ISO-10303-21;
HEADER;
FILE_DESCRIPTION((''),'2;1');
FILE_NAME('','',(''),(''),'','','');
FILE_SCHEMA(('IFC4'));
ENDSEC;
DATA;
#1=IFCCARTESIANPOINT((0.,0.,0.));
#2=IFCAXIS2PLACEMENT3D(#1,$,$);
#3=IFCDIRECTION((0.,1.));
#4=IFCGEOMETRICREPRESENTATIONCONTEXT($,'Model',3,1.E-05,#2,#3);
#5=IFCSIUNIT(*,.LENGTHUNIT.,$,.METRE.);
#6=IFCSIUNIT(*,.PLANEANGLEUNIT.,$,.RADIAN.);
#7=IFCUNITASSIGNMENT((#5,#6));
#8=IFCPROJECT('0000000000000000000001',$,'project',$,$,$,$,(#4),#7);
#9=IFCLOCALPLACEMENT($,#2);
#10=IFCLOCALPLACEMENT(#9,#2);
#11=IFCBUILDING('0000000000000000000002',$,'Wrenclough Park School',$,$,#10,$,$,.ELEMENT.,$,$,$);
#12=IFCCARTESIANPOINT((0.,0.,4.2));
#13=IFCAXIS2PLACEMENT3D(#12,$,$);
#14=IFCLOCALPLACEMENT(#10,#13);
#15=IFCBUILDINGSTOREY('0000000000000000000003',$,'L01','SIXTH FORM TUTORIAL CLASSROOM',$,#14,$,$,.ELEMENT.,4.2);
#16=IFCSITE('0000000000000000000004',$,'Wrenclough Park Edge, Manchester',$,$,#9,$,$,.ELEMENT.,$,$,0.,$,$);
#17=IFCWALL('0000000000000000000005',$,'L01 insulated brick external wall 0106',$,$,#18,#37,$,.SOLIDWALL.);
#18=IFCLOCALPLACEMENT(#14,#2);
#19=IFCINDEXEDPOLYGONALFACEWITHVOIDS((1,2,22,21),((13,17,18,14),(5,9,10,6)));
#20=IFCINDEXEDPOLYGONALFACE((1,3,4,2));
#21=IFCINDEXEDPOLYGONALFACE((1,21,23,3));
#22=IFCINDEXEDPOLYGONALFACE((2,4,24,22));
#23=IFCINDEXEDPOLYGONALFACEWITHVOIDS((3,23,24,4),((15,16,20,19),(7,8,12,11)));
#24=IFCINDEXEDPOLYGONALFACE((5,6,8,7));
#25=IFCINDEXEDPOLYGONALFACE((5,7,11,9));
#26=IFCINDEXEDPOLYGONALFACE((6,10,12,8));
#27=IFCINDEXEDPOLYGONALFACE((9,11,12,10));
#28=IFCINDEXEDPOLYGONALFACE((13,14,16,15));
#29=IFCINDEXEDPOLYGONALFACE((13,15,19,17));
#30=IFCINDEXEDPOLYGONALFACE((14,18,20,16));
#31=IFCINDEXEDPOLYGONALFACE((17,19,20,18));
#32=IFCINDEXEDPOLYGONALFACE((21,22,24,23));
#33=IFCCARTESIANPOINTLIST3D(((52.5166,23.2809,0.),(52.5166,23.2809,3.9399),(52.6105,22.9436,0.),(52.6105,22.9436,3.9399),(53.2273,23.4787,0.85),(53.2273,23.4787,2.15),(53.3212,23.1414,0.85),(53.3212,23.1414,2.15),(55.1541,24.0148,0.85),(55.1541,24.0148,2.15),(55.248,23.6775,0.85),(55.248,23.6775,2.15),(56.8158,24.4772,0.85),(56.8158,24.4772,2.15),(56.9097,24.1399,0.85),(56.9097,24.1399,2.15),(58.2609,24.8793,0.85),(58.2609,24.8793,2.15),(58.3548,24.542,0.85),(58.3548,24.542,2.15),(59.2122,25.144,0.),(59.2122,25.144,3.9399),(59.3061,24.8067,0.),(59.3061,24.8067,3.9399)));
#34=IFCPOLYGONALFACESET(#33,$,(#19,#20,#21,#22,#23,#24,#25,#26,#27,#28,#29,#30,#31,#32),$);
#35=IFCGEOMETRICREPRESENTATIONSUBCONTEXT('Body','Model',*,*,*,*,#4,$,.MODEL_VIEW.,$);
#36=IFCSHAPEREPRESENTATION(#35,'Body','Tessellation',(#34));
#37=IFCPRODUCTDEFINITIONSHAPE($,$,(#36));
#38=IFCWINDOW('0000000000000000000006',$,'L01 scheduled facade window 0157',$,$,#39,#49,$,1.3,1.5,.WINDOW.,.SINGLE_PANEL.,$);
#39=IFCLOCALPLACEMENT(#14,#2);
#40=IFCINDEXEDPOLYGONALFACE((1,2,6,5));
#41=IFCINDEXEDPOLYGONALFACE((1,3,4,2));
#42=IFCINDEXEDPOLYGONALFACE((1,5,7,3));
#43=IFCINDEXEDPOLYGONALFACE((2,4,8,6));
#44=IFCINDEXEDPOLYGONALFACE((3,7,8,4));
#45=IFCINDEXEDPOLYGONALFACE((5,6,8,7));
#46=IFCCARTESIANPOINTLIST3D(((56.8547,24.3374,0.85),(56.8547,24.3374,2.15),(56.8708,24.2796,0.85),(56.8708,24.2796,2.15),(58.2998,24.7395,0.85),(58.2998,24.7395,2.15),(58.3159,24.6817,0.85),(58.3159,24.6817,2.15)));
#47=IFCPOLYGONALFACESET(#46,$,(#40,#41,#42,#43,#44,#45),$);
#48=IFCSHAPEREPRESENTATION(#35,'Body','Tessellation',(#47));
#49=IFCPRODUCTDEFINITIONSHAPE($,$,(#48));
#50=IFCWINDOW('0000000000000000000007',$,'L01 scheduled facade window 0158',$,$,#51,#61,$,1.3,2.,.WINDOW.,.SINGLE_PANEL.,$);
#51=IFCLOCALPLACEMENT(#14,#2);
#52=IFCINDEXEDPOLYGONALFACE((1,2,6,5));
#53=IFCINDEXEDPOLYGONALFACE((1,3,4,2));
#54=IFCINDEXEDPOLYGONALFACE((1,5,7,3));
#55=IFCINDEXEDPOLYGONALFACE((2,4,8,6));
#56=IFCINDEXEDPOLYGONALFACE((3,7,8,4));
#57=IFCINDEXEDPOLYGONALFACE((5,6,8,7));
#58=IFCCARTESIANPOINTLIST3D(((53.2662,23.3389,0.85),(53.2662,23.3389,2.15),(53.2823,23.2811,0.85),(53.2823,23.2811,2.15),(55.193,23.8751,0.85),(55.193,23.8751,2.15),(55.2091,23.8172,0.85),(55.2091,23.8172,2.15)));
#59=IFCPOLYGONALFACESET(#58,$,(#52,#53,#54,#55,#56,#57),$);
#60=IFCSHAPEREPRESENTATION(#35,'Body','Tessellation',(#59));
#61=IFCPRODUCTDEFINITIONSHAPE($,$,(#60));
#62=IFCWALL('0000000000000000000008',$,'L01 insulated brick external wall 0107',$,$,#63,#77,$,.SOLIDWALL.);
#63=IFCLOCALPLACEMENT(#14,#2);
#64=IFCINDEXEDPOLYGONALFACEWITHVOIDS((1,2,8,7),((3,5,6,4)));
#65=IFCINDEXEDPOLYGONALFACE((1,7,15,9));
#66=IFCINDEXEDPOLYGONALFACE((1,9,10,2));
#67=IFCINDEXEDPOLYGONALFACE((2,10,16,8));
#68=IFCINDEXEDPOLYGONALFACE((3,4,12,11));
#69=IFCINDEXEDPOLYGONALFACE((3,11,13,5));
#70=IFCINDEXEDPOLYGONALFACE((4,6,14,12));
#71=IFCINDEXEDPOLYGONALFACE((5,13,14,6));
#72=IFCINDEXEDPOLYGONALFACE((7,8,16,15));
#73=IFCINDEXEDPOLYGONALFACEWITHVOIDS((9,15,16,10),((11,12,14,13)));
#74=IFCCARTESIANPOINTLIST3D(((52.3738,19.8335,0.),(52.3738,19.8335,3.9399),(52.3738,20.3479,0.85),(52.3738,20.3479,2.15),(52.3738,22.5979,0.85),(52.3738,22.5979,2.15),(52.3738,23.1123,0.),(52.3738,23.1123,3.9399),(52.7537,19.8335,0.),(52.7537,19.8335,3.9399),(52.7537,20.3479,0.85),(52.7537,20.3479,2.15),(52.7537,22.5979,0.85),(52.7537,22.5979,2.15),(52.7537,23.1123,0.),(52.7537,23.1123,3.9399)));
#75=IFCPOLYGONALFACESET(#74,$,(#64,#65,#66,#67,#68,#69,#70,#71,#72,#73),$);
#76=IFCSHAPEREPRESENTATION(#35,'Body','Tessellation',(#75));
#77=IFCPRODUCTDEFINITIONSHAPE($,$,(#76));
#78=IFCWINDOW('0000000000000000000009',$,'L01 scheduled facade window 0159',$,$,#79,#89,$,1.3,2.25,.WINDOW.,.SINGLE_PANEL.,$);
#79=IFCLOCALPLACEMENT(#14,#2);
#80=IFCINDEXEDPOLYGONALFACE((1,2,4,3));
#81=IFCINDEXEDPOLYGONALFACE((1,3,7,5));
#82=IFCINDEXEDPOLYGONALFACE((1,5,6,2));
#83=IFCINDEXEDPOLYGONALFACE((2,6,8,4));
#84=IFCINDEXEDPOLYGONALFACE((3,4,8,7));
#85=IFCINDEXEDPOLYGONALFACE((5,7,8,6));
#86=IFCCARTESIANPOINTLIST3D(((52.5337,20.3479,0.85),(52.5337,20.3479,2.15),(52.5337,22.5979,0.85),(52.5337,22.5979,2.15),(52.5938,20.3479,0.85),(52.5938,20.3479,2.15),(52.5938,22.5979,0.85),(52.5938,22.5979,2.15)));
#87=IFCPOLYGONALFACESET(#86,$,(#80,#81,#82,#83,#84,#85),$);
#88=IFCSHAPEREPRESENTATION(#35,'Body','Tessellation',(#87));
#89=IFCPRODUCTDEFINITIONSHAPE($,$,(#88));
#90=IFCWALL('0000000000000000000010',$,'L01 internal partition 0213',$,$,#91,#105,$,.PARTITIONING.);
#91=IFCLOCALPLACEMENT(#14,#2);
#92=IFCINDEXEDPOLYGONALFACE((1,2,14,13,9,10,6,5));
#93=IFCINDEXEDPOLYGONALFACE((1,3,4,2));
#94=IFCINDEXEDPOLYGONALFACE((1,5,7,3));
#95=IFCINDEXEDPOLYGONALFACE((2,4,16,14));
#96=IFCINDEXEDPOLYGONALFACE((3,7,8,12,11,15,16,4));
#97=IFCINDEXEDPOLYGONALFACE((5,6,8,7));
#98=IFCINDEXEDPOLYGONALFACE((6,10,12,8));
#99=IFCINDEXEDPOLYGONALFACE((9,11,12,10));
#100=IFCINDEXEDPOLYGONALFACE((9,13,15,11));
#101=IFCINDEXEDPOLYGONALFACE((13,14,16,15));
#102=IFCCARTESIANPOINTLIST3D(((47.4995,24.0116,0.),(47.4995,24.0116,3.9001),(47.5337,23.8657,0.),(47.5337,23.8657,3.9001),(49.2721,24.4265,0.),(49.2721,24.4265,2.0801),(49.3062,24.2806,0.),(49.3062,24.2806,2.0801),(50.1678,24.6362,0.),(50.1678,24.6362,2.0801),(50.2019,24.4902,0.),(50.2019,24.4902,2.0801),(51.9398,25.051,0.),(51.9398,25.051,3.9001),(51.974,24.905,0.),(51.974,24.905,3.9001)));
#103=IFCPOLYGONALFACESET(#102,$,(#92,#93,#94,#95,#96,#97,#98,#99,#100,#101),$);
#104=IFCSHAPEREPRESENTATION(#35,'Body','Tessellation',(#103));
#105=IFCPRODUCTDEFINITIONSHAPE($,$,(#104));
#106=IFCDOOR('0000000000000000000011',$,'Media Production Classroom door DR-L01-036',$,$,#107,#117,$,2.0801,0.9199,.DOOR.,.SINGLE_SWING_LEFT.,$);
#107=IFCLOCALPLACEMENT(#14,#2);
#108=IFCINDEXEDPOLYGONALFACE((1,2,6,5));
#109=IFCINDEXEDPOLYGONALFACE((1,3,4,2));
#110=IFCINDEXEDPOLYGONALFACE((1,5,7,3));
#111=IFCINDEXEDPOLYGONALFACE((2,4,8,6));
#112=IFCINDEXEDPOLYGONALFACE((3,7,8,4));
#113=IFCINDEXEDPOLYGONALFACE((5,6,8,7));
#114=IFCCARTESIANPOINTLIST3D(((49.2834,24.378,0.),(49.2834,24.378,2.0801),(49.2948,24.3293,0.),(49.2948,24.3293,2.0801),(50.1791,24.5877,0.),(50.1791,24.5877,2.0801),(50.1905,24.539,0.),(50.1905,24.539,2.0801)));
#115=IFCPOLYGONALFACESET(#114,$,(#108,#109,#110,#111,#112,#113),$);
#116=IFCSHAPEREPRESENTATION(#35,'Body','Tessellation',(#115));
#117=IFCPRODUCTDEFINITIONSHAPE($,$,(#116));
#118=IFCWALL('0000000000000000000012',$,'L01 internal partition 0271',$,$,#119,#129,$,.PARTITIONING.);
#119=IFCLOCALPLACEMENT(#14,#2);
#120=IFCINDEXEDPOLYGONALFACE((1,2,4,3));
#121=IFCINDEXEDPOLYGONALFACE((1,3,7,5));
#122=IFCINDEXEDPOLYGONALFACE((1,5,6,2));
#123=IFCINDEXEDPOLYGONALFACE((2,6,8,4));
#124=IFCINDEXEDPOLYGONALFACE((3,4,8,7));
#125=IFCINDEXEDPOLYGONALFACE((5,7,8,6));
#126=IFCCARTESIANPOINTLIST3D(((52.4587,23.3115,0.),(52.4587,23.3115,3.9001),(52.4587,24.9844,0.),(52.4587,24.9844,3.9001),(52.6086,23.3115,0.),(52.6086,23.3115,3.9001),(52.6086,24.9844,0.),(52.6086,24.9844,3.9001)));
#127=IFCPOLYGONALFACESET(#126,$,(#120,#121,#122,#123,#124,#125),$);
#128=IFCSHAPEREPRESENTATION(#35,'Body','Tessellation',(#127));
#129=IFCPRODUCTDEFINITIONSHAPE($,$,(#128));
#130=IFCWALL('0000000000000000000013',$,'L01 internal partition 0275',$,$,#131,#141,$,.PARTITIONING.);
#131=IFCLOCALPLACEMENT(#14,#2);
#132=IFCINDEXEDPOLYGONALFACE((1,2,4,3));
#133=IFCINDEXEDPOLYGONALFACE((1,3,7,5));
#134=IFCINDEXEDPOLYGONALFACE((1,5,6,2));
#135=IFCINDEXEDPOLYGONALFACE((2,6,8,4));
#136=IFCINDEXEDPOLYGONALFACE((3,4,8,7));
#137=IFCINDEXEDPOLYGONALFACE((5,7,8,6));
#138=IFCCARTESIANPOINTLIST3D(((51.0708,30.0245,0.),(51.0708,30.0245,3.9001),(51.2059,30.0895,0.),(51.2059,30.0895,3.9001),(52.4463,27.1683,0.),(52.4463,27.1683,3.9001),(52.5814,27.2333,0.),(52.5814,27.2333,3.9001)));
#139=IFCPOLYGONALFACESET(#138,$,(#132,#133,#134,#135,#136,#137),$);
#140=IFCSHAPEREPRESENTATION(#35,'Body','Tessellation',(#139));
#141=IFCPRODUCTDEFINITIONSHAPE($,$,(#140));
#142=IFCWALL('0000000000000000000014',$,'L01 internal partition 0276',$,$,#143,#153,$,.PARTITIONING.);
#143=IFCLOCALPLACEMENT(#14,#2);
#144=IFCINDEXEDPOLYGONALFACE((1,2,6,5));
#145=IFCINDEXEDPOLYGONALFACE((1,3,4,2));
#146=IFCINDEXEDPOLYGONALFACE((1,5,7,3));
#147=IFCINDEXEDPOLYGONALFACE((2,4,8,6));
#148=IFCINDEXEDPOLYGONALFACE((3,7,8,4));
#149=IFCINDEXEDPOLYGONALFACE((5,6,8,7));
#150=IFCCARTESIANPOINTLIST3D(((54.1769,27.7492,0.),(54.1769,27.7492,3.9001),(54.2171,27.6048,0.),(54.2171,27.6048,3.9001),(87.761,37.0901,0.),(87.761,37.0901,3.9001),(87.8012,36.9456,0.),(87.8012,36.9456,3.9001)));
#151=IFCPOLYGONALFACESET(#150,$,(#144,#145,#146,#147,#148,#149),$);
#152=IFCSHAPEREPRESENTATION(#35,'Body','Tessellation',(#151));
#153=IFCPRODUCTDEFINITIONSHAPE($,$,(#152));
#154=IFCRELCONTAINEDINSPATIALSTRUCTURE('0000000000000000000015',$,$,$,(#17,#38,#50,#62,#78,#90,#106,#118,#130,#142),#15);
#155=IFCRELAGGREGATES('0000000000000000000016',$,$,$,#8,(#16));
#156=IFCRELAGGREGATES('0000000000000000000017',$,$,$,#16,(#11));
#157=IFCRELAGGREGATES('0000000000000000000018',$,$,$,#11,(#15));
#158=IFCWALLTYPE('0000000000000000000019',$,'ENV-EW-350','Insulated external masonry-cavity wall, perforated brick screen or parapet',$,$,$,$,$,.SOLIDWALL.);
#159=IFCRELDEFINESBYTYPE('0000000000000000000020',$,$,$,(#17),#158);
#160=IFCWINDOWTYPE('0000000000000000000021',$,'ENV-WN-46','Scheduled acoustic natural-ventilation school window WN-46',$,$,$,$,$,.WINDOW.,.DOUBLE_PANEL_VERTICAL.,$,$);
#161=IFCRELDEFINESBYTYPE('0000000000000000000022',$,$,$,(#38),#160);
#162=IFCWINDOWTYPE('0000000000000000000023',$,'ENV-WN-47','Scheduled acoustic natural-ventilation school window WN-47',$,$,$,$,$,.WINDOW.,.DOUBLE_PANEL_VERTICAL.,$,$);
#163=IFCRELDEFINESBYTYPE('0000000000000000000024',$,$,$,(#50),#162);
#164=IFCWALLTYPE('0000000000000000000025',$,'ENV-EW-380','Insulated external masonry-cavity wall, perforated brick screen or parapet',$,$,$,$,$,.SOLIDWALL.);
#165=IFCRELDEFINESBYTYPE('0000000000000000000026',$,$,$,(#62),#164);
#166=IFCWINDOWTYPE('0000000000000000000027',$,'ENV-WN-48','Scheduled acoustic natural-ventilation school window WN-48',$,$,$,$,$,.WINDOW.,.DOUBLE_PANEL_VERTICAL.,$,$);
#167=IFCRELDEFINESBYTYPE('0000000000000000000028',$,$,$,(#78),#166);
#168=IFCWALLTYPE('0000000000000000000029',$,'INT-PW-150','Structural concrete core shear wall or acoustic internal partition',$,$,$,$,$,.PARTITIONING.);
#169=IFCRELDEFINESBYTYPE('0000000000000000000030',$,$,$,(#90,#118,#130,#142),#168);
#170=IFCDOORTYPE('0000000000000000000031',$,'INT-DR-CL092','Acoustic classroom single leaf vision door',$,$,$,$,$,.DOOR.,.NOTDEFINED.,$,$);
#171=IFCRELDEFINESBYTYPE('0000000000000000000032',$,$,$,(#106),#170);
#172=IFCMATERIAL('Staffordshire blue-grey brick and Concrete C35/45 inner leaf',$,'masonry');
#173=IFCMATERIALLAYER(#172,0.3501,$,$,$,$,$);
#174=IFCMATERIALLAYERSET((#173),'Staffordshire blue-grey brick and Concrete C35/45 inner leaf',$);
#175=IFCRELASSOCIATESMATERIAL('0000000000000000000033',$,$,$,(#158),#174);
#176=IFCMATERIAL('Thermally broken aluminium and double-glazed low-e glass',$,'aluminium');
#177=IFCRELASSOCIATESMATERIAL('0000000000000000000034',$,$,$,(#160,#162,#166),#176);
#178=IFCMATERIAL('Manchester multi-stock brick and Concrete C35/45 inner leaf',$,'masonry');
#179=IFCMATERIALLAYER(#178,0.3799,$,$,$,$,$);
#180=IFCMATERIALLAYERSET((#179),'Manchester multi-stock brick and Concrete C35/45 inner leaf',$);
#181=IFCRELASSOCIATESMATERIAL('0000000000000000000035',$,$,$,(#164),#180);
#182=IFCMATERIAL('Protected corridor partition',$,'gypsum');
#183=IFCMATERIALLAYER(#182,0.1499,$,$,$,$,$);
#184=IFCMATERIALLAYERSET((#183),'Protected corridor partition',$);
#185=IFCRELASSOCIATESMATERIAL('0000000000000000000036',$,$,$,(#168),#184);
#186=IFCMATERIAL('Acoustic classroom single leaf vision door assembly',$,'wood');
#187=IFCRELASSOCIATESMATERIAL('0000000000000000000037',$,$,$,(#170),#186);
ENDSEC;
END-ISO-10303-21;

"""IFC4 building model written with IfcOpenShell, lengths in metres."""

from ifc_helpers import new_model, si_unit, direction, frame, frame_2d, origin, place, context, subcontext, project, spatial, rectangle, extrude, material, layer, layer_set, type_object, element, fill, save


model = new_model("IFC4")

# Units and contexts
model_context = context("Model", 3, precision=1e-05, world=origin(), true_north=direction((0.0, 1.0)))
body_context = subcontext(model_context, "Body", "Model", "MODEL_VIEW")
ifc_project = project(units=[si_unit("LENGTHUNIT", "METRE"), si_unit("PLANEANGLEUNIT", "RADIAN")], contexts=[model_context])

# Site, building, storey
site_placement = place(None, origin())
site = spatial("IfcSite", under=ifc_project, at=site_placement, Name="Wrenclough Park Edge, Manchester", CompositionType="ELEMENT", RefElevation=0.0)
building_placement = place(site_placement, origin())
building = spatial("IfcBuilding", under=site, at=building_placement, Name="Wrenclough Park School", CompositionType="ELEMENT")
storey_placement = place(building_placement, frame((0.0, 0.0, 4.2)))
storey = spatial("IfcBuildingStorey", under=building, at=storey_placement, Name="L01", Description="SIXTH FORM TUTORIAL CLASSROOM", CompositionType="ELEMENT", Elevation=4.2)

# Wall, openings, windows
ifc_material_1 = material(Name="Staffordshire blue-grey brick and Concrete C35/45 inner leaf", Category="masonry")
ifc_layer_1 = layer(ifc_material_1, 0.3501)
ifc_layer_set_1 = layer_set([ifc_layer_1], Name="Staffordshire blue-grey brick and Concrete C35/45 inner leaf")
wall_type_1 = type_object("IfcWallType", Name="ENV-EW-350", Description="Insulated external masonry-cavity wall, perforated brick screen or parapet", PredefinedType="SOLIDWALL", material=ifc_layer_set_1)
wall_1_placement = place(storey_placement, frame((59.2593, 24.9753, 0.0), z_axis=(0.0, 0.0, 1.0), x_axis=(-0.963401, -0.268066, 0.0)))
wall_1 = element("IfcWall", 1, at=wall_1_placement, inside=storey, type_object=wall_type_1, Name="L01 insulated brick external wall 0106", PredefinedType="SOLIDWALL", context=body_context, shape_type="SweptSolid", body=[
    extrude(rectangle(XDim=6.95, YDim=0.3501, at=frame_2d((3.4751, 0.0))), origin(), (0.0, 0.0, 1.0), 3.9399),
])
opening_1_placement = place(wall_1_placement, frame((0.9875, 0.0, 0.8501)))
opening_1 = element("IfcOpeningElement", 2, at=opening_1_placement, cuts=wall_1, PredefinedType="OPENING", context=body_context, shape_type="SweptSolid", body=[
    extrude(rectangle(XDim=1.5, YDim=1.3, at=frame_2d((0.75, 0.6499))), frame((0.0, 0.1851, 0.0), z_axis=(0.0, -1.0, 0.0), x_axis=(1.0, 0.0, 0.0)), (0.0, 0.0, 1.0), 0.3701),
])
opening_2_placement = place(wall_1_placement, frame((4.2124, 0.0, 0.8501)))
opening_2 = element("IfcOpeningElement", 3, at=opening_2_placement, cuts=wall_1, PredefinedType="OPENING", context=body_context, shape_type="SweptSolid", body=[
    extrude(rectangle(XDim=2.0, YDim=1.3, at=frame_2d((1.0, 0.6499))), frame((0.0, 0.1851, 0.0), z_axis=(0.0, -1.0, 0.0), x_axis=(1.0, 0.0, 0.0)), (0.0, 0.0, 1.0), 0.3701),
])
ifc_material_2 = material(Name="Thermally broken aluminium and double-glazed low-e glass", Category="aluminium")
window_type_1 = type_object("IfcWindowType", Name="ENV-WN-46", Description="Scheduled acoustic natural-ventilation school window WN-46", PartitioningType="DOUBLE_PANEL_VERTICAL", PredefinedType="WINDOW", material=ifc_material_2)
window_1_placement = place(opening_1_placement, origin())
window_1 = element("IfcWindow", 4, at=window_1_placement, inside=storey, type_object=window_type_1, Name="L01 scheduled facade window 0157", OverallHeight=1.3, OverallWidth=1.5, PartitioningType="SINGLE_PANEL", PredefinedType="WINDOW", context=body_context, shape_type="SweptSolid", body=[
    extrude(rectangle(XDim=1.5, YDim=1.3, at=frame_2d((0.75, 0.6499))), frame((0.0, 0.03, 0.0), z_axis=(0.0, -1.0, 0.0), x_axis=(1.0, 0.0, 0.0)), (0.0, 0.0, 1.0), 0.0601),
])
fill(opening_1, window_1)
window_type_2 = type_object("IfcWindowType", Name="ENV-WN-47", Description="Scheduled acoustic natural-ventilation school window WN-47", PartitioningType="DOUBLE_PANEL_VERTICAL", PredefinedType="WINDOW", material=ifc_material_2)
window_2_placement = place(opening_2_placement, origin())
window_2 = element("IfcWindow", 5, at=window_2_placement, inside=storey, type_object=window_type_2, Name="L01 scheduled facade window 0158", OverallHeight=1.3, OverallWidth=2.0, PartitioningType="SINGLE_PANEL", PredefinedType="WINDOW", context=body_context, shape_type="SweptSolid", body=[
    extrude(rectangle(XDim=2.0, YDim=1.3, at=frame_2d((1.0, 0.6499))), frame((0.0, 0.03, 0.0), z_axis=(0.0, -1.0, 0.0), x_axis=(1.0, 0.0, 0.0)), (0.0, 0.0, 1.0), 0.0601),
])
fill(opening_2, window_2)

# Wall, opening, window
ifc_material_3 = material(Name="Manchester multi-stock brick and Concrete C35/45 inner leaf", Category="masonry")
ifc_layer_2 = layer(ifc_material_3, 0.3799)
ifc_layer_set_2 = layer_set([ifc_layer_2], Name="Manchester multi-stock brick and Concrete C35/45 inner leaf")
wall_type_2 = type_object("IfcWallType", Name="ENV-EW-380", Description="Insulated external masonry-cavity wall, perforated brick screen or parapet", PredefinedType="SOLIDWALL", material=ifc_layer_set_2)
wall_2_placement = place(storey_placement, frame((52.5637, 23.1123, 0.0), z_axis=(0.0, 0.0, 1.0), x_axis=(0.0, -1.0, 0.0)))
wall_2 = element("IfcWall", 6, at=wall_2_placement, inside=storey, type_object=wall_type_2, Name="L01 insulated brick external wall 0107", PredefinedType="SOLIDWALL", context=body_context, shape_type="SweptSolid", body=[
    extrude(rectangle(XDim=3.2788, YDim=0.3799, at=frame_2d((1.6394, 0.0))), origin(), (0.0, 0.0, 1.0), 3.9399),
])
opening_3_placement = place(wall_2_placement, frame((0.5144, 0.0, 0.8501)))
opening_3 = element("IfcOpeningElement", 7, at=opening_3_placement, cuts=wall_2, PredefinedType="OPENING", context=body_context, shape_type="SweptSolid", body=[
    extrude(rectangle(XDim=2.25, YDim=1.3, at=frame_2d((1.125, 0.6499))), frame((0.0, 0.2, 0.0), z_axis=(0.0, -1.0, 0.0), x_axis=(1.0, 0.0, 0.0)), (0.0, 0.0, 1.0), 0.3999),
])
window_type_3 = type_object("IfcWindowType", Name="ENV-WN-48", Description="Scheduled acoustic natural-ventilation school window WN-48", PartitioningType="DOUBLE_PANEL_VERTICAL", PredefinedType="WINDOW", material=ifc_material_2)
window_3_placement = place(opening_3_placement, origin())
window_3 = element("IfcWindow", 8, at=window_3_placement, inside=storey, type_object=window_type_3, Name="L01 scheduled facade window 0159", OverallHeight=1.3, OverallWidth=2.25, PartitioningType="SINGLE_PANEL", PredefinedType="WINDOW", context=body_context, shape_type="SweptSolid", body=[
    extrude(rectangle(XDim=2.25, YDim=1.3, at=frame_2d((1.125, 0.6499))), frame((0.0, 0.03, 0.0), z_axis=(0.0, -1.0, 0.0), x_axis=(1.0, 0.0, 0.0)), (0.0, 0.0, 1.0), 0.0601),
])
fill(opening_3, window_3)

# Wall, opening, door
ifc_material_4 = material(Name="Protected corridor partition", Category="gypsum")
ifc_layer_3 = layer(ifc_material_4, 0.1499)
ifc_layer_set_3 = layer_set([ifc_layer_3], Name="Protected corridor partition")
wall_type_3 = type_object("IfcWallType", Name="INT-PW-150", Description="Structural concrete core shear wall or acoustic internal partition", PredefinedType="PARTITIONING", material=ifc_layer_set_3)
wall_3_placement = place(storey_placement, frame((51.957, 24.978, 0.0), z_axis=(0.0, 0.0, 1.0), x_axis=(-0.973683, -0.227908, 0.0)))
wall_3 = element("IfcWall", 9, at=wall_3_placement, inside=storey, type_object=wall_type_3, Name="L01 internal partition 0213", PredefinedType="PARTITIONING", context=body_context, shape_type="SweptSolid", body=[
    extrude(rectangle(XDim=4.5603, YDim=0.1499, at=frame_2d((2.2803, 0.0))), origin(), (0.0, 0.0, 1.0), 3.9001),
])
opening_4_placement = place(wall_3_placement, frame((1.8201, 0.0, 0.0)))
opening_4 = element("IfcOpeningElement", 10, at=opening_4_placement, cuts=wall_3, PredefinedType="OPENING", context=body_context, shape_type="SweptSolid", body=[
    extrude(rectangle(XDim=0.9199, YDim=2.0801, at=frame_2d((0.46, 1.04))), frame((0.0, 0.085, 0.0), z_axis=(0.0, -1.0, 0.0), x_axis=(1.0, 0.0, 0.0)), (0.0, 0.0, 1.0), 0.1699),
])
ifc_material_5 = material(Name="Acoustic classroom single leaf vision door assembly", Category="wood")
door_type = type_object("IfcDoorType", Name="INT-DR-CL092", Description="Acoustic classroom single leaf vision door", OperationType="NOTDEFINED", PredefinedType="DOOR", material=ifc_material_5)
door_placement = place(opening_4_placement, origin())
door = element("IfcDoor", 11, at=door_placement, inside=storey, type_object=door_type, Name="Media Production Classroom door DR-L01-036", OperationType="SINGLE_SWING_LEFT", OverallHeight=2.0801, OverallWidth=0.9199, PredefinedType="DOOR", context=body_context, shape_type="SweptSolid", body=[
    extrude(rectangle(XDim=0.9199, YDim=2.0801, at=frame_2d((0.46, 1.04))), frame((0.0, 0.0249, 0.0), z_axis=(0.0, -1.0, 0.0), x_axis=(1.0, 0.0, 0.0)), (0.0, 0.0, 1.0), 0.05),
])
fill(opening_4, door)

# Walls
wall_4_placement = place(storey_placement, frame((52.5337, 24.9844, 0.0), z_axis=(0.0, 0.0, 1.0), x_axis=(0.0, -1.0, 0.0)))
element("IfcWall", 12, at=wall_4_placement, inside=storey, type_object=wall_type_3, Name="L01 internal partition 0271", PredefinedType="PARTITIONING", context=body_context, shape_type="SweptSolid", body=[
    extrude(rectangle(XDim=1.6729, YDim=0.1499, at=frame_2d((0.8364, 0.0))), origin(), (0.0, 0.0, 1.0), 3.9001),
])
wall_5_placement = place(storey_placement, frame((51.1384, 30.0569, 0.0), z_axis=(0.0, 0.0, 1.0), x_axis=(0.433887, -0.900967, 0.0)))
element("IfcWall", 13, at=wall_5_placement, inside=storey, type_object=wall_type_3, Name="L01 internal partition 0275", PredefinedType="PARTITIONING", context=body_context, shape_type="SweptSolid", body=[
    extrude(rectangle(XDim=3.1702, YDim=0.1499, at=frame_2d((1.585, 0.0))), origin(), (0.0, 0.0, 1.0), 3.9001),
])
wall_6_placement = place(storey_placement, frame((54.197, 27.677, 0.0), z_axis=(0.0, 0.0, 1.0), x_axis=(0.96343, 0.267962, 0.0)))
element("IfcWall", 14, at=wall_6_placement, inside=storey, type_object=wall_type_3, Name="L01 internal partition 0276", PredefinedType="PARTITIONING", context=body_context, shape_type="SweptSolid", body=[
    extrude(rectangle(XDim=34.8589, YDim=0.1499, at=frame_2d((17.4294, 0.0))), origin(), (0.0, 0.0, 1.0), 3.9001),
])

save(model, "model.ifc")
